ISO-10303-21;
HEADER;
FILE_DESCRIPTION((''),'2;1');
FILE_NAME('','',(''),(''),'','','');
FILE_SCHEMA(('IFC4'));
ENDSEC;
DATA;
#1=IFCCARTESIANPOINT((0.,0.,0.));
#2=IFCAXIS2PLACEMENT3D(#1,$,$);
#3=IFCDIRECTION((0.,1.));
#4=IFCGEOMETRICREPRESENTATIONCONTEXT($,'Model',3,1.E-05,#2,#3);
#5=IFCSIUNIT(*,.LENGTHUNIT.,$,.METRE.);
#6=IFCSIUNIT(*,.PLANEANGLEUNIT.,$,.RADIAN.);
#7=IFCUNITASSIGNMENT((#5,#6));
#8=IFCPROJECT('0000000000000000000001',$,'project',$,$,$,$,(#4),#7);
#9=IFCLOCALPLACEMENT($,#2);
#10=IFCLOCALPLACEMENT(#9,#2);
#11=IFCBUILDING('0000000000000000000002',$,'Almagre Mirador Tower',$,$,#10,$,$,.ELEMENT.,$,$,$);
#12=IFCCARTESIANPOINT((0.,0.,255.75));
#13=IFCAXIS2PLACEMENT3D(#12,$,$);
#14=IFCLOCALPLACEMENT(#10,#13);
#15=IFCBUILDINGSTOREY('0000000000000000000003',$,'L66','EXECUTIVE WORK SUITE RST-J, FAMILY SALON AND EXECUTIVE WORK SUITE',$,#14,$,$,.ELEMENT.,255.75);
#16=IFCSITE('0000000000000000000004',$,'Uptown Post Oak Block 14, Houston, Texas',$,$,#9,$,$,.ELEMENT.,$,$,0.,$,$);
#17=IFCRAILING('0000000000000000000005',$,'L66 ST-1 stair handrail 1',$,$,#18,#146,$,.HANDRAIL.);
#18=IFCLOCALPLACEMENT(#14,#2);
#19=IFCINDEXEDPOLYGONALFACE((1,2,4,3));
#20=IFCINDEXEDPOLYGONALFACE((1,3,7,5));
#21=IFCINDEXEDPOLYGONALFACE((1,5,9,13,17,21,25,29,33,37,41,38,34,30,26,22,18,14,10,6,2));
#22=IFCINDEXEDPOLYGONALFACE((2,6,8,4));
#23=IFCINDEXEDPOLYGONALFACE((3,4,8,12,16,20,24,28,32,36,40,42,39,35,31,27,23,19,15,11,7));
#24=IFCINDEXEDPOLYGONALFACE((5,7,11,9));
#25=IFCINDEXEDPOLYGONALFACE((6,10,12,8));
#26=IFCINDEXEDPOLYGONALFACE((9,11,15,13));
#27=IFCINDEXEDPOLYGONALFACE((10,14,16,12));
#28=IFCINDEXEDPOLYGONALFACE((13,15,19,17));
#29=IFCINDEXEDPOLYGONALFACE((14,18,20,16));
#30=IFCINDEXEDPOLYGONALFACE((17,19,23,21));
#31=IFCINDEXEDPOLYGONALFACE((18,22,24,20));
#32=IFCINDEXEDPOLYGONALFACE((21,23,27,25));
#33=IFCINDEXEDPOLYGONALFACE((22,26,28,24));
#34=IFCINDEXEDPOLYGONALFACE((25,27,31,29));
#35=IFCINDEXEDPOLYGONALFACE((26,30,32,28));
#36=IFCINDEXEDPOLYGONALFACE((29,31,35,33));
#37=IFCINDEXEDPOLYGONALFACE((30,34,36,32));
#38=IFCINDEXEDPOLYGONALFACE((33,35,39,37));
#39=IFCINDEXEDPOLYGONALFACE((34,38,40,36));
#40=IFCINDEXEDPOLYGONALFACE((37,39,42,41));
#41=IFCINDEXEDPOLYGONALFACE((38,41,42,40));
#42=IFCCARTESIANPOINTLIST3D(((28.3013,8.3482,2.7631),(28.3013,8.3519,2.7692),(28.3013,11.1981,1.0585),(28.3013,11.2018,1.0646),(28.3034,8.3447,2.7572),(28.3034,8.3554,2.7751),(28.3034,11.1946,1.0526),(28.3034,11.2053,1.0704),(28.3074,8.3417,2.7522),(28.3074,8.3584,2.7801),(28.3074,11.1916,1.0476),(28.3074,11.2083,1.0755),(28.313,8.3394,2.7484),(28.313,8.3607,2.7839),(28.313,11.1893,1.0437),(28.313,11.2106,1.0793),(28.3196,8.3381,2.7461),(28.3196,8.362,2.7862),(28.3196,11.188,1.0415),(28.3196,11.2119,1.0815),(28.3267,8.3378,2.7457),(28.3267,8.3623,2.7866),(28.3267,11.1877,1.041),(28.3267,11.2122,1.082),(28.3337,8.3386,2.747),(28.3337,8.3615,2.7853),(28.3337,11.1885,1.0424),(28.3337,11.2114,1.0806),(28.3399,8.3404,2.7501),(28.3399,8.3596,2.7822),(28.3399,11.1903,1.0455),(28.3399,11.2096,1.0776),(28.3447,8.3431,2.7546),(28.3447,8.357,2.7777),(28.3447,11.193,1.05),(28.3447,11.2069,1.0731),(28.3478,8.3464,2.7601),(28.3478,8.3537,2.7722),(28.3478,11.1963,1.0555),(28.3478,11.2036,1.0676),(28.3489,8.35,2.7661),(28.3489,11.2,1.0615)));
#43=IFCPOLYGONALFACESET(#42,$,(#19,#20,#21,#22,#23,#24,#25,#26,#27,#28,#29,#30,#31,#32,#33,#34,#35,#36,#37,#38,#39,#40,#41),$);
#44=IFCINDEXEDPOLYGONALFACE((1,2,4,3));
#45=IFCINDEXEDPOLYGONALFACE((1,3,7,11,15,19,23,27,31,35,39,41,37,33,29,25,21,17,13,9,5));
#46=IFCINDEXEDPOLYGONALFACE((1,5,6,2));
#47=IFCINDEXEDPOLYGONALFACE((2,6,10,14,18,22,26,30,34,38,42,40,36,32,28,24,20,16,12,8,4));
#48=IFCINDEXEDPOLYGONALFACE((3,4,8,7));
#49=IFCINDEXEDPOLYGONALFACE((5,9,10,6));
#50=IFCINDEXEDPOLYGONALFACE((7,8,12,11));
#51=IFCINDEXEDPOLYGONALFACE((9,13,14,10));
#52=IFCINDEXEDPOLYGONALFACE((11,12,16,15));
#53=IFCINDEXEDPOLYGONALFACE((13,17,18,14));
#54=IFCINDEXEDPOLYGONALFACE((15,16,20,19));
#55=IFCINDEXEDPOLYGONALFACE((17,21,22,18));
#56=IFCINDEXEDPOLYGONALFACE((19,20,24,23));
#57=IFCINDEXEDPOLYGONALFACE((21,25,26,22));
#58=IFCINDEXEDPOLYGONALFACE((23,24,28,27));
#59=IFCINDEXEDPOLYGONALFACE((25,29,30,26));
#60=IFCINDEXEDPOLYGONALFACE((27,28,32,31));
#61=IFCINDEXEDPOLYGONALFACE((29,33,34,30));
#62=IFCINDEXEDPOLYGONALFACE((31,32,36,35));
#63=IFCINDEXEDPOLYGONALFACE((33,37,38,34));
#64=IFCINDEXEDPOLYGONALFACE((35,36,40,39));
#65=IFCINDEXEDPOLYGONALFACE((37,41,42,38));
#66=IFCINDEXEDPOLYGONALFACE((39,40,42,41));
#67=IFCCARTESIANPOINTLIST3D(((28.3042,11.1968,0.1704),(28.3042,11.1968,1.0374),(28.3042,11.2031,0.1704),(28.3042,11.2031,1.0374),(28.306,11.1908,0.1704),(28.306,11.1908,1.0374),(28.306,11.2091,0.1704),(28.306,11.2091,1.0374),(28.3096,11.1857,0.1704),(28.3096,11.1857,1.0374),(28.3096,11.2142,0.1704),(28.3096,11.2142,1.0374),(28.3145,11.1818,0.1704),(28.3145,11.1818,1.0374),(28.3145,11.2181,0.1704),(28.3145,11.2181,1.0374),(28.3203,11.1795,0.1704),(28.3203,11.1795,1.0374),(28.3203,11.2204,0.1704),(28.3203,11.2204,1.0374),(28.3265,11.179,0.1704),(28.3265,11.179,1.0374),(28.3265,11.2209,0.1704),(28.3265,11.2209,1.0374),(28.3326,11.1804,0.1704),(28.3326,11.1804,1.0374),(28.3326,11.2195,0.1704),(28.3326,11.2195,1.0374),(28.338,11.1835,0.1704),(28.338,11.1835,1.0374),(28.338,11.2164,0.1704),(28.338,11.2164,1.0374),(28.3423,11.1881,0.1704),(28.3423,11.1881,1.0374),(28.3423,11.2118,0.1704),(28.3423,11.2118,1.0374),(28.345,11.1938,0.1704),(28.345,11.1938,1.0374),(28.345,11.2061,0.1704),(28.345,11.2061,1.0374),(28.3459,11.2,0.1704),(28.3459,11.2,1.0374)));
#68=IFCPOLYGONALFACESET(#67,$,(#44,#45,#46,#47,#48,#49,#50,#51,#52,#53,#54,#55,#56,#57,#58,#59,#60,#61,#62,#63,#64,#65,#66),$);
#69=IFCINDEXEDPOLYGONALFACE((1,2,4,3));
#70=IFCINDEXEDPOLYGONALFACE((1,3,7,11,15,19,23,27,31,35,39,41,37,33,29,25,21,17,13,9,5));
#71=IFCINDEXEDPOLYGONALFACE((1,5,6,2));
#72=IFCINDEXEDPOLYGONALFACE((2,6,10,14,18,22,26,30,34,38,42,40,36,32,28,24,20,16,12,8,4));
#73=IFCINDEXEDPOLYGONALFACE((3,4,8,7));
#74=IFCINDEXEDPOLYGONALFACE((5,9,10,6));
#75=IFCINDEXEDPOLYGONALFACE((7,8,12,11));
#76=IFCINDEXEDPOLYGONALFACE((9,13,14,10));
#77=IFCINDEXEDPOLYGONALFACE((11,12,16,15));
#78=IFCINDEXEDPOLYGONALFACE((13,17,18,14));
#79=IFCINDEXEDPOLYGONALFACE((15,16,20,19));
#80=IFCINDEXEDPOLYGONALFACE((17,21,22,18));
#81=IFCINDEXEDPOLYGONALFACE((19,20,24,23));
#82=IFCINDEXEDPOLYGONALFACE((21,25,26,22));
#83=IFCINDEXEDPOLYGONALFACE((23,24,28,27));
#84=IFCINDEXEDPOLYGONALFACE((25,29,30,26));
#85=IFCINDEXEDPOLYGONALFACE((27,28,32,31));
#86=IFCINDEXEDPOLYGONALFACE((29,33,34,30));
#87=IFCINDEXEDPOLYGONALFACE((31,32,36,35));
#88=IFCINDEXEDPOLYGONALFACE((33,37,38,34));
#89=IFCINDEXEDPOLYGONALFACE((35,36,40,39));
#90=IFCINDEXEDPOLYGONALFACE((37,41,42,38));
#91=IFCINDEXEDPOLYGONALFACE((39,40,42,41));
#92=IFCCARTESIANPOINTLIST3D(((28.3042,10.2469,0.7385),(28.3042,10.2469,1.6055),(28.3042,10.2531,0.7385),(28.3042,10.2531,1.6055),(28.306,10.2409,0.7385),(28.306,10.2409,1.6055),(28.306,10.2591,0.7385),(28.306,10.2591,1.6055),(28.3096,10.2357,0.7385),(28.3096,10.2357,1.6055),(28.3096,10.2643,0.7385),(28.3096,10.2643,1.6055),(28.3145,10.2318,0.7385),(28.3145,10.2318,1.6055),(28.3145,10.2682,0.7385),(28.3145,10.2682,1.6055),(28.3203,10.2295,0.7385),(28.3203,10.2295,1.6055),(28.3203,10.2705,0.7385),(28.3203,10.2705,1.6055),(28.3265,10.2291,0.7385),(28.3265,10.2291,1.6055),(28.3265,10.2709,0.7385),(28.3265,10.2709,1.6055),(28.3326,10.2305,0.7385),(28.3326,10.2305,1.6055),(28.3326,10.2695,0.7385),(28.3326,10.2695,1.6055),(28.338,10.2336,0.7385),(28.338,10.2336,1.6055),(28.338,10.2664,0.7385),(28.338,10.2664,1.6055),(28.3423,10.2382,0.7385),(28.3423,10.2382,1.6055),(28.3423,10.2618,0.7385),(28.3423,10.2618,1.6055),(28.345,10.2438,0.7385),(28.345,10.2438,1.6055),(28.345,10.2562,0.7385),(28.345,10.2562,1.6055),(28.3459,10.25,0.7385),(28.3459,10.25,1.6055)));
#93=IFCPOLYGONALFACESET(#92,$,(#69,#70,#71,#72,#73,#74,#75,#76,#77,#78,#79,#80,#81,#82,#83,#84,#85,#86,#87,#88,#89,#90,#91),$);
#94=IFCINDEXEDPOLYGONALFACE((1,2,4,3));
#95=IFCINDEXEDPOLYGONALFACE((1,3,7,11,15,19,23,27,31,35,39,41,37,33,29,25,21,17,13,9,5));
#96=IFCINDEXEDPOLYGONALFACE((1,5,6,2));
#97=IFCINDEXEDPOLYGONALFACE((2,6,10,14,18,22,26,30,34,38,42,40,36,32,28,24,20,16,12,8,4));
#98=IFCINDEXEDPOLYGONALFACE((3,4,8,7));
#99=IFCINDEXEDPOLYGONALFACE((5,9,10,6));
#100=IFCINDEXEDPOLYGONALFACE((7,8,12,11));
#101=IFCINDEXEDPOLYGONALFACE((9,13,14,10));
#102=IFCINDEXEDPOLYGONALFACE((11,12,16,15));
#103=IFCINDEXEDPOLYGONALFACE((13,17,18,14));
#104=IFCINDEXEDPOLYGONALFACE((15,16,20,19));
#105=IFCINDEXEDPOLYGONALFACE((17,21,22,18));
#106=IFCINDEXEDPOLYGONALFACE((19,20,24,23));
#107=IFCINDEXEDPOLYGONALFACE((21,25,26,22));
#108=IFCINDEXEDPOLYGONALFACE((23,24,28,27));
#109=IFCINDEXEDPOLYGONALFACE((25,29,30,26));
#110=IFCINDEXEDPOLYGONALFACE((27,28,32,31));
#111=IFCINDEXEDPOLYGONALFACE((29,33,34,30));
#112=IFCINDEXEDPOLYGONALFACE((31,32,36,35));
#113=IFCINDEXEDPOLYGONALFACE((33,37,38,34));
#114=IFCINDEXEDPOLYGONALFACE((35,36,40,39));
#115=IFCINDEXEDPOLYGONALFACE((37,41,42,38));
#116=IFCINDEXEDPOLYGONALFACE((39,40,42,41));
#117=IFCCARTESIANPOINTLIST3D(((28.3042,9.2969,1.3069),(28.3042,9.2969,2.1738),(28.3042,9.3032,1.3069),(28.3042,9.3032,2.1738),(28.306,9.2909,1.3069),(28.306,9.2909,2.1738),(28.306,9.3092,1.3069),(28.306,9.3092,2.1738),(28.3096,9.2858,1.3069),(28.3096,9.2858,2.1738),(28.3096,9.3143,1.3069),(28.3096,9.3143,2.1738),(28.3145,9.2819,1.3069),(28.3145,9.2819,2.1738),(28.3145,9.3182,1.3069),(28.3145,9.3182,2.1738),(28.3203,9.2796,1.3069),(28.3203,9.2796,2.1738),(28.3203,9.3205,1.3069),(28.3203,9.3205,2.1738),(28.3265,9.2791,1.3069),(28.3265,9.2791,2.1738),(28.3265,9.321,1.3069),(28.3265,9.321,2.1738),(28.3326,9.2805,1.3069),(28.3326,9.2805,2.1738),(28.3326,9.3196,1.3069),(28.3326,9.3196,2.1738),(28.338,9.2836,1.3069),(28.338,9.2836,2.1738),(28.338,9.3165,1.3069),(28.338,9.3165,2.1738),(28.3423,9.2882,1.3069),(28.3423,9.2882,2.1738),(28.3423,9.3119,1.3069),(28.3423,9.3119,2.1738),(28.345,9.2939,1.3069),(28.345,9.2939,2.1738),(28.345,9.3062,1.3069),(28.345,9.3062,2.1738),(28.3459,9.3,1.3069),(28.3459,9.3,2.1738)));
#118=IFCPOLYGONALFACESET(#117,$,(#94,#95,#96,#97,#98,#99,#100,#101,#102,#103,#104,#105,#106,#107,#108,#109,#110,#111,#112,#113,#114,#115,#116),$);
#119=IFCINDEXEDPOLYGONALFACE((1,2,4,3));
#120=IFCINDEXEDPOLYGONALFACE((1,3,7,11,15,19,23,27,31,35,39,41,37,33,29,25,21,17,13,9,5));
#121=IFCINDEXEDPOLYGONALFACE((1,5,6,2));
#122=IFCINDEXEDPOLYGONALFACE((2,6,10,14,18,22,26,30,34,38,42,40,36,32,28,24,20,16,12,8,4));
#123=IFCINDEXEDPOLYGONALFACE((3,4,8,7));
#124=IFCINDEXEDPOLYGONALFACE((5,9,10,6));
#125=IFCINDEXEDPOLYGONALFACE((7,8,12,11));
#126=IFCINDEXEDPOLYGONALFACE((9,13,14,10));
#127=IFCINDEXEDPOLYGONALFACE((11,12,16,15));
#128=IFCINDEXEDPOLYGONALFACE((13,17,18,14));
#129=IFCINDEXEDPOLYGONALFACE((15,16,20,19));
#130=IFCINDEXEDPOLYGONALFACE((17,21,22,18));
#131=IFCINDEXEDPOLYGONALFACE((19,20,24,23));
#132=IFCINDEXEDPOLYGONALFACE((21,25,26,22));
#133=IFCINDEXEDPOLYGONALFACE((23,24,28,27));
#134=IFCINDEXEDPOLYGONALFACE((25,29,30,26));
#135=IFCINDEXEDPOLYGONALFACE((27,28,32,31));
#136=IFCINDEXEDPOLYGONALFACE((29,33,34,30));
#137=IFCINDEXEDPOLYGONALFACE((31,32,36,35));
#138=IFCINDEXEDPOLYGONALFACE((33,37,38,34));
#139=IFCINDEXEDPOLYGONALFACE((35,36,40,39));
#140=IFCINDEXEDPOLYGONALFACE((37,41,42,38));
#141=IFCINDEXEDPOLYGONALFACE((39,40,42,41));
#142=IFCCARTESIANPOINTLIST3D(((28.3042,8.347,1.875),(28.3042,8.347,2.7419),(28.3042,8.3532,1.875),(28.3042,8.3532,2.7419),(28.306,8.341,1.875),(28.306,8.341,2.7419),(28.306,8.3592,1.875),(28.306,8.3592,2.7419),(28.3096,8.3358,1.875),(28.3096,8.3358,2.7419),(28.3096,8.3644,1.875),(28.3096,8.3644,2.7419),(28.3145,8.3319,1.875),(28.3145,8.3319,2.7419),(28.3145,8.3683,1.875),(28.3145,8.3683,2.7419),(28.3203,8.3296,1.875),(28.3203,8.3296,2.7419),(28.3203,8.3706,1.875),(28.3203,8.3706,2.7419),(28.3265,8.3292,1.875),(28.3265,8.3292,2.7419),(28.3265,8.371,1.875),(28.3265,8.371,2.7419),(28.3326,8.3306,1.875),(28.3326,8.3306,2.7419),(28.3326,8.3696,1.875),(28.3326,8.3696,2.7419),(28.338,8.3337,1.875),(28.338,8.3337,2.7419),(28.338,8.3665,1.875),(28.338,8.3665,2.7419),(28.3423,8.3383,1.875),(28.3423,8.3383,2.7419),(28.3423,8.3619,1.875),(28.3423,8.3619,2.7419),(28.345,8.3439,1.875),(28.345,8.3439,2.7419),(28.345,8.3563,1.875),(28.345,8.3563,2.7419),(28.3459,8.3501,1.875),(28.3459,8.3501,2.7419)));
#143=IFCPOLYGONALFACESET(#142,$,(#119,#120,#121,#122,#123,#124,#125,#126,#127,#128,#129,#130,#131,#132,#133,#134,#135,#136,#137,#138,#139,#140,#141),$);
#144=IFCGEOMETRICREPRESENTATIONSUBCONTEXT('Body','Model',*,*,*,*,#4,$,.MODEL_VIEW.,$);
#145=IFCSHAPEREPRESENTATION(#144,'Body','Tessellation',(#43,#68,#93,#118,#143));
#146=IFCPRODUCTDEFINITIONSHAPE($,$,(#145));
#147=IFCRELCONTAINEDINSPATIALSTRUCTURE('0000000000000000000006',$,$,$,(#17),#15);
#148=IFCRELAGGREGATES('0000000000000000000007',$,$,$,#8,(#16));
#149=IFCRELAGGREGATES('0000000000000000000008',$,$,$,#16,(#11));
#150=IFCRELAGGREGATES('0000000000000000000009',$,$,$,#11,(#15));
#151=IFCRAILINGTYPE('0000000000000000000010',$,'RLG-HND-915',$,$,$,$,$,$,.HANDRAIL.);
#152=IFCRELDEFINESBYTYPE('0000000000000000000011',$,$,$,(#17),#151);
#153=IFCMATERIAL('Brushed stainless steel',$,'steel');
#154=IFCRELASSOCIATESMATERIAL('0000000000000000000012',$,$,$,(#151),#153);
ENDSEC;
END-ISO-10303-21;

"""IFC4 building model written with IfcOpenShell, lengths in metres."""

from ifc_helpers import new_model, si_unit, direction, frame, origin, origin_2d, place, context, subcontext, project, spatial, circle, extrude, material, type_object, element, save


model = new_model("IFC4")

# Units and contexts
model_context = context("Model", 3, precision=1e-05, world=origin(), true_north=direction((0.0, 1.0)))
body_context = subcontext(model_context, "Body", "Model", "MODEL_VIEW")
ifc_project = project(units=[si_unit("LENGTHUNIT", "METRE"), si_unit("PLANEANGLEUNIT", "RADIAN")], contexts=[model_context])

# Site, building, storey
site_placement = place(None, origin())
site = spatial("IfcSite", under=ifc_project, at=site_placement, Name="Uptown Post Oak Block 14, Houston, Texas", CompositionType="ELEMENT", RefElevation=0.0)
building_placement = place(site_placement, origin())
building = spatial("IfcBuilding", under=site, at=building_placement, Name="Almagre Mirador Tower", CompositionType="ELEMENT")
storey_placement = place(building_placement, frame((0.0, 0.0, 255.75)))
storey = spatial("IfcBuildingStorey", under=building, at=storey_placement, Name="L66", Description="EXECUTIVE WORK SUITE RST-J, FAMILY SALON AND EXECUTIVE WORK SUITE", CompositionType="ELEMENT", Elevation=255.75)

# Railing
ifc_material_1 = material(Name="Brushed stainless steel", Category="steel")
railing_type_1 = type_object("IfcRailingType", Name="RLG-HND-915", PredefinedType="HANDRAIL", material=ifc_material_1)
railing_1_placement = place(storey_placement, frame((28.325, 11.2, 0.1704)))
element("IfcRailing", 1, at=railing_1_placement, inside=storey, type_object=railing_type_1, Name="L66 ST-1 stair handrail 1", PredefinedType="HANDRAIL", context=body_context, shape_type="SweptSolid", body=[
    extrude(circle(Radius=0.0239, at=origin_2d()), frame((0.0, 0.0, 0.8911), z_axis=(0.0, -0.858199, 0.513317), x_axis=(1.0, 0.0, 0.0)), (0.0, 0.0, 1.0), 3.3208),
    extrude(circle(Radius=0.021, at=origin_2d()), origin(), (0.0, 0.0, 1.0), 0.8669),
    extrude(circle(Radius=0.021, at=origin_2d()), frame((0.0, -0.95, 0.5681)), (0.0, 0.0, 1.0), 0.8669),
    extrude(circle(Radius=0.021, at=origin_2d()), frame((0.0, -1.8999, 1.1365)), (0.0, 0.0, 1.0), 0.8669),
    extrude(circle(Radius=0.021, at=origin_2d()), frame((0.0, -2.8499, 1.7046)), (0.0, 0.0, 1.0), 0.8669),
])

save(model, "model.ifc")
